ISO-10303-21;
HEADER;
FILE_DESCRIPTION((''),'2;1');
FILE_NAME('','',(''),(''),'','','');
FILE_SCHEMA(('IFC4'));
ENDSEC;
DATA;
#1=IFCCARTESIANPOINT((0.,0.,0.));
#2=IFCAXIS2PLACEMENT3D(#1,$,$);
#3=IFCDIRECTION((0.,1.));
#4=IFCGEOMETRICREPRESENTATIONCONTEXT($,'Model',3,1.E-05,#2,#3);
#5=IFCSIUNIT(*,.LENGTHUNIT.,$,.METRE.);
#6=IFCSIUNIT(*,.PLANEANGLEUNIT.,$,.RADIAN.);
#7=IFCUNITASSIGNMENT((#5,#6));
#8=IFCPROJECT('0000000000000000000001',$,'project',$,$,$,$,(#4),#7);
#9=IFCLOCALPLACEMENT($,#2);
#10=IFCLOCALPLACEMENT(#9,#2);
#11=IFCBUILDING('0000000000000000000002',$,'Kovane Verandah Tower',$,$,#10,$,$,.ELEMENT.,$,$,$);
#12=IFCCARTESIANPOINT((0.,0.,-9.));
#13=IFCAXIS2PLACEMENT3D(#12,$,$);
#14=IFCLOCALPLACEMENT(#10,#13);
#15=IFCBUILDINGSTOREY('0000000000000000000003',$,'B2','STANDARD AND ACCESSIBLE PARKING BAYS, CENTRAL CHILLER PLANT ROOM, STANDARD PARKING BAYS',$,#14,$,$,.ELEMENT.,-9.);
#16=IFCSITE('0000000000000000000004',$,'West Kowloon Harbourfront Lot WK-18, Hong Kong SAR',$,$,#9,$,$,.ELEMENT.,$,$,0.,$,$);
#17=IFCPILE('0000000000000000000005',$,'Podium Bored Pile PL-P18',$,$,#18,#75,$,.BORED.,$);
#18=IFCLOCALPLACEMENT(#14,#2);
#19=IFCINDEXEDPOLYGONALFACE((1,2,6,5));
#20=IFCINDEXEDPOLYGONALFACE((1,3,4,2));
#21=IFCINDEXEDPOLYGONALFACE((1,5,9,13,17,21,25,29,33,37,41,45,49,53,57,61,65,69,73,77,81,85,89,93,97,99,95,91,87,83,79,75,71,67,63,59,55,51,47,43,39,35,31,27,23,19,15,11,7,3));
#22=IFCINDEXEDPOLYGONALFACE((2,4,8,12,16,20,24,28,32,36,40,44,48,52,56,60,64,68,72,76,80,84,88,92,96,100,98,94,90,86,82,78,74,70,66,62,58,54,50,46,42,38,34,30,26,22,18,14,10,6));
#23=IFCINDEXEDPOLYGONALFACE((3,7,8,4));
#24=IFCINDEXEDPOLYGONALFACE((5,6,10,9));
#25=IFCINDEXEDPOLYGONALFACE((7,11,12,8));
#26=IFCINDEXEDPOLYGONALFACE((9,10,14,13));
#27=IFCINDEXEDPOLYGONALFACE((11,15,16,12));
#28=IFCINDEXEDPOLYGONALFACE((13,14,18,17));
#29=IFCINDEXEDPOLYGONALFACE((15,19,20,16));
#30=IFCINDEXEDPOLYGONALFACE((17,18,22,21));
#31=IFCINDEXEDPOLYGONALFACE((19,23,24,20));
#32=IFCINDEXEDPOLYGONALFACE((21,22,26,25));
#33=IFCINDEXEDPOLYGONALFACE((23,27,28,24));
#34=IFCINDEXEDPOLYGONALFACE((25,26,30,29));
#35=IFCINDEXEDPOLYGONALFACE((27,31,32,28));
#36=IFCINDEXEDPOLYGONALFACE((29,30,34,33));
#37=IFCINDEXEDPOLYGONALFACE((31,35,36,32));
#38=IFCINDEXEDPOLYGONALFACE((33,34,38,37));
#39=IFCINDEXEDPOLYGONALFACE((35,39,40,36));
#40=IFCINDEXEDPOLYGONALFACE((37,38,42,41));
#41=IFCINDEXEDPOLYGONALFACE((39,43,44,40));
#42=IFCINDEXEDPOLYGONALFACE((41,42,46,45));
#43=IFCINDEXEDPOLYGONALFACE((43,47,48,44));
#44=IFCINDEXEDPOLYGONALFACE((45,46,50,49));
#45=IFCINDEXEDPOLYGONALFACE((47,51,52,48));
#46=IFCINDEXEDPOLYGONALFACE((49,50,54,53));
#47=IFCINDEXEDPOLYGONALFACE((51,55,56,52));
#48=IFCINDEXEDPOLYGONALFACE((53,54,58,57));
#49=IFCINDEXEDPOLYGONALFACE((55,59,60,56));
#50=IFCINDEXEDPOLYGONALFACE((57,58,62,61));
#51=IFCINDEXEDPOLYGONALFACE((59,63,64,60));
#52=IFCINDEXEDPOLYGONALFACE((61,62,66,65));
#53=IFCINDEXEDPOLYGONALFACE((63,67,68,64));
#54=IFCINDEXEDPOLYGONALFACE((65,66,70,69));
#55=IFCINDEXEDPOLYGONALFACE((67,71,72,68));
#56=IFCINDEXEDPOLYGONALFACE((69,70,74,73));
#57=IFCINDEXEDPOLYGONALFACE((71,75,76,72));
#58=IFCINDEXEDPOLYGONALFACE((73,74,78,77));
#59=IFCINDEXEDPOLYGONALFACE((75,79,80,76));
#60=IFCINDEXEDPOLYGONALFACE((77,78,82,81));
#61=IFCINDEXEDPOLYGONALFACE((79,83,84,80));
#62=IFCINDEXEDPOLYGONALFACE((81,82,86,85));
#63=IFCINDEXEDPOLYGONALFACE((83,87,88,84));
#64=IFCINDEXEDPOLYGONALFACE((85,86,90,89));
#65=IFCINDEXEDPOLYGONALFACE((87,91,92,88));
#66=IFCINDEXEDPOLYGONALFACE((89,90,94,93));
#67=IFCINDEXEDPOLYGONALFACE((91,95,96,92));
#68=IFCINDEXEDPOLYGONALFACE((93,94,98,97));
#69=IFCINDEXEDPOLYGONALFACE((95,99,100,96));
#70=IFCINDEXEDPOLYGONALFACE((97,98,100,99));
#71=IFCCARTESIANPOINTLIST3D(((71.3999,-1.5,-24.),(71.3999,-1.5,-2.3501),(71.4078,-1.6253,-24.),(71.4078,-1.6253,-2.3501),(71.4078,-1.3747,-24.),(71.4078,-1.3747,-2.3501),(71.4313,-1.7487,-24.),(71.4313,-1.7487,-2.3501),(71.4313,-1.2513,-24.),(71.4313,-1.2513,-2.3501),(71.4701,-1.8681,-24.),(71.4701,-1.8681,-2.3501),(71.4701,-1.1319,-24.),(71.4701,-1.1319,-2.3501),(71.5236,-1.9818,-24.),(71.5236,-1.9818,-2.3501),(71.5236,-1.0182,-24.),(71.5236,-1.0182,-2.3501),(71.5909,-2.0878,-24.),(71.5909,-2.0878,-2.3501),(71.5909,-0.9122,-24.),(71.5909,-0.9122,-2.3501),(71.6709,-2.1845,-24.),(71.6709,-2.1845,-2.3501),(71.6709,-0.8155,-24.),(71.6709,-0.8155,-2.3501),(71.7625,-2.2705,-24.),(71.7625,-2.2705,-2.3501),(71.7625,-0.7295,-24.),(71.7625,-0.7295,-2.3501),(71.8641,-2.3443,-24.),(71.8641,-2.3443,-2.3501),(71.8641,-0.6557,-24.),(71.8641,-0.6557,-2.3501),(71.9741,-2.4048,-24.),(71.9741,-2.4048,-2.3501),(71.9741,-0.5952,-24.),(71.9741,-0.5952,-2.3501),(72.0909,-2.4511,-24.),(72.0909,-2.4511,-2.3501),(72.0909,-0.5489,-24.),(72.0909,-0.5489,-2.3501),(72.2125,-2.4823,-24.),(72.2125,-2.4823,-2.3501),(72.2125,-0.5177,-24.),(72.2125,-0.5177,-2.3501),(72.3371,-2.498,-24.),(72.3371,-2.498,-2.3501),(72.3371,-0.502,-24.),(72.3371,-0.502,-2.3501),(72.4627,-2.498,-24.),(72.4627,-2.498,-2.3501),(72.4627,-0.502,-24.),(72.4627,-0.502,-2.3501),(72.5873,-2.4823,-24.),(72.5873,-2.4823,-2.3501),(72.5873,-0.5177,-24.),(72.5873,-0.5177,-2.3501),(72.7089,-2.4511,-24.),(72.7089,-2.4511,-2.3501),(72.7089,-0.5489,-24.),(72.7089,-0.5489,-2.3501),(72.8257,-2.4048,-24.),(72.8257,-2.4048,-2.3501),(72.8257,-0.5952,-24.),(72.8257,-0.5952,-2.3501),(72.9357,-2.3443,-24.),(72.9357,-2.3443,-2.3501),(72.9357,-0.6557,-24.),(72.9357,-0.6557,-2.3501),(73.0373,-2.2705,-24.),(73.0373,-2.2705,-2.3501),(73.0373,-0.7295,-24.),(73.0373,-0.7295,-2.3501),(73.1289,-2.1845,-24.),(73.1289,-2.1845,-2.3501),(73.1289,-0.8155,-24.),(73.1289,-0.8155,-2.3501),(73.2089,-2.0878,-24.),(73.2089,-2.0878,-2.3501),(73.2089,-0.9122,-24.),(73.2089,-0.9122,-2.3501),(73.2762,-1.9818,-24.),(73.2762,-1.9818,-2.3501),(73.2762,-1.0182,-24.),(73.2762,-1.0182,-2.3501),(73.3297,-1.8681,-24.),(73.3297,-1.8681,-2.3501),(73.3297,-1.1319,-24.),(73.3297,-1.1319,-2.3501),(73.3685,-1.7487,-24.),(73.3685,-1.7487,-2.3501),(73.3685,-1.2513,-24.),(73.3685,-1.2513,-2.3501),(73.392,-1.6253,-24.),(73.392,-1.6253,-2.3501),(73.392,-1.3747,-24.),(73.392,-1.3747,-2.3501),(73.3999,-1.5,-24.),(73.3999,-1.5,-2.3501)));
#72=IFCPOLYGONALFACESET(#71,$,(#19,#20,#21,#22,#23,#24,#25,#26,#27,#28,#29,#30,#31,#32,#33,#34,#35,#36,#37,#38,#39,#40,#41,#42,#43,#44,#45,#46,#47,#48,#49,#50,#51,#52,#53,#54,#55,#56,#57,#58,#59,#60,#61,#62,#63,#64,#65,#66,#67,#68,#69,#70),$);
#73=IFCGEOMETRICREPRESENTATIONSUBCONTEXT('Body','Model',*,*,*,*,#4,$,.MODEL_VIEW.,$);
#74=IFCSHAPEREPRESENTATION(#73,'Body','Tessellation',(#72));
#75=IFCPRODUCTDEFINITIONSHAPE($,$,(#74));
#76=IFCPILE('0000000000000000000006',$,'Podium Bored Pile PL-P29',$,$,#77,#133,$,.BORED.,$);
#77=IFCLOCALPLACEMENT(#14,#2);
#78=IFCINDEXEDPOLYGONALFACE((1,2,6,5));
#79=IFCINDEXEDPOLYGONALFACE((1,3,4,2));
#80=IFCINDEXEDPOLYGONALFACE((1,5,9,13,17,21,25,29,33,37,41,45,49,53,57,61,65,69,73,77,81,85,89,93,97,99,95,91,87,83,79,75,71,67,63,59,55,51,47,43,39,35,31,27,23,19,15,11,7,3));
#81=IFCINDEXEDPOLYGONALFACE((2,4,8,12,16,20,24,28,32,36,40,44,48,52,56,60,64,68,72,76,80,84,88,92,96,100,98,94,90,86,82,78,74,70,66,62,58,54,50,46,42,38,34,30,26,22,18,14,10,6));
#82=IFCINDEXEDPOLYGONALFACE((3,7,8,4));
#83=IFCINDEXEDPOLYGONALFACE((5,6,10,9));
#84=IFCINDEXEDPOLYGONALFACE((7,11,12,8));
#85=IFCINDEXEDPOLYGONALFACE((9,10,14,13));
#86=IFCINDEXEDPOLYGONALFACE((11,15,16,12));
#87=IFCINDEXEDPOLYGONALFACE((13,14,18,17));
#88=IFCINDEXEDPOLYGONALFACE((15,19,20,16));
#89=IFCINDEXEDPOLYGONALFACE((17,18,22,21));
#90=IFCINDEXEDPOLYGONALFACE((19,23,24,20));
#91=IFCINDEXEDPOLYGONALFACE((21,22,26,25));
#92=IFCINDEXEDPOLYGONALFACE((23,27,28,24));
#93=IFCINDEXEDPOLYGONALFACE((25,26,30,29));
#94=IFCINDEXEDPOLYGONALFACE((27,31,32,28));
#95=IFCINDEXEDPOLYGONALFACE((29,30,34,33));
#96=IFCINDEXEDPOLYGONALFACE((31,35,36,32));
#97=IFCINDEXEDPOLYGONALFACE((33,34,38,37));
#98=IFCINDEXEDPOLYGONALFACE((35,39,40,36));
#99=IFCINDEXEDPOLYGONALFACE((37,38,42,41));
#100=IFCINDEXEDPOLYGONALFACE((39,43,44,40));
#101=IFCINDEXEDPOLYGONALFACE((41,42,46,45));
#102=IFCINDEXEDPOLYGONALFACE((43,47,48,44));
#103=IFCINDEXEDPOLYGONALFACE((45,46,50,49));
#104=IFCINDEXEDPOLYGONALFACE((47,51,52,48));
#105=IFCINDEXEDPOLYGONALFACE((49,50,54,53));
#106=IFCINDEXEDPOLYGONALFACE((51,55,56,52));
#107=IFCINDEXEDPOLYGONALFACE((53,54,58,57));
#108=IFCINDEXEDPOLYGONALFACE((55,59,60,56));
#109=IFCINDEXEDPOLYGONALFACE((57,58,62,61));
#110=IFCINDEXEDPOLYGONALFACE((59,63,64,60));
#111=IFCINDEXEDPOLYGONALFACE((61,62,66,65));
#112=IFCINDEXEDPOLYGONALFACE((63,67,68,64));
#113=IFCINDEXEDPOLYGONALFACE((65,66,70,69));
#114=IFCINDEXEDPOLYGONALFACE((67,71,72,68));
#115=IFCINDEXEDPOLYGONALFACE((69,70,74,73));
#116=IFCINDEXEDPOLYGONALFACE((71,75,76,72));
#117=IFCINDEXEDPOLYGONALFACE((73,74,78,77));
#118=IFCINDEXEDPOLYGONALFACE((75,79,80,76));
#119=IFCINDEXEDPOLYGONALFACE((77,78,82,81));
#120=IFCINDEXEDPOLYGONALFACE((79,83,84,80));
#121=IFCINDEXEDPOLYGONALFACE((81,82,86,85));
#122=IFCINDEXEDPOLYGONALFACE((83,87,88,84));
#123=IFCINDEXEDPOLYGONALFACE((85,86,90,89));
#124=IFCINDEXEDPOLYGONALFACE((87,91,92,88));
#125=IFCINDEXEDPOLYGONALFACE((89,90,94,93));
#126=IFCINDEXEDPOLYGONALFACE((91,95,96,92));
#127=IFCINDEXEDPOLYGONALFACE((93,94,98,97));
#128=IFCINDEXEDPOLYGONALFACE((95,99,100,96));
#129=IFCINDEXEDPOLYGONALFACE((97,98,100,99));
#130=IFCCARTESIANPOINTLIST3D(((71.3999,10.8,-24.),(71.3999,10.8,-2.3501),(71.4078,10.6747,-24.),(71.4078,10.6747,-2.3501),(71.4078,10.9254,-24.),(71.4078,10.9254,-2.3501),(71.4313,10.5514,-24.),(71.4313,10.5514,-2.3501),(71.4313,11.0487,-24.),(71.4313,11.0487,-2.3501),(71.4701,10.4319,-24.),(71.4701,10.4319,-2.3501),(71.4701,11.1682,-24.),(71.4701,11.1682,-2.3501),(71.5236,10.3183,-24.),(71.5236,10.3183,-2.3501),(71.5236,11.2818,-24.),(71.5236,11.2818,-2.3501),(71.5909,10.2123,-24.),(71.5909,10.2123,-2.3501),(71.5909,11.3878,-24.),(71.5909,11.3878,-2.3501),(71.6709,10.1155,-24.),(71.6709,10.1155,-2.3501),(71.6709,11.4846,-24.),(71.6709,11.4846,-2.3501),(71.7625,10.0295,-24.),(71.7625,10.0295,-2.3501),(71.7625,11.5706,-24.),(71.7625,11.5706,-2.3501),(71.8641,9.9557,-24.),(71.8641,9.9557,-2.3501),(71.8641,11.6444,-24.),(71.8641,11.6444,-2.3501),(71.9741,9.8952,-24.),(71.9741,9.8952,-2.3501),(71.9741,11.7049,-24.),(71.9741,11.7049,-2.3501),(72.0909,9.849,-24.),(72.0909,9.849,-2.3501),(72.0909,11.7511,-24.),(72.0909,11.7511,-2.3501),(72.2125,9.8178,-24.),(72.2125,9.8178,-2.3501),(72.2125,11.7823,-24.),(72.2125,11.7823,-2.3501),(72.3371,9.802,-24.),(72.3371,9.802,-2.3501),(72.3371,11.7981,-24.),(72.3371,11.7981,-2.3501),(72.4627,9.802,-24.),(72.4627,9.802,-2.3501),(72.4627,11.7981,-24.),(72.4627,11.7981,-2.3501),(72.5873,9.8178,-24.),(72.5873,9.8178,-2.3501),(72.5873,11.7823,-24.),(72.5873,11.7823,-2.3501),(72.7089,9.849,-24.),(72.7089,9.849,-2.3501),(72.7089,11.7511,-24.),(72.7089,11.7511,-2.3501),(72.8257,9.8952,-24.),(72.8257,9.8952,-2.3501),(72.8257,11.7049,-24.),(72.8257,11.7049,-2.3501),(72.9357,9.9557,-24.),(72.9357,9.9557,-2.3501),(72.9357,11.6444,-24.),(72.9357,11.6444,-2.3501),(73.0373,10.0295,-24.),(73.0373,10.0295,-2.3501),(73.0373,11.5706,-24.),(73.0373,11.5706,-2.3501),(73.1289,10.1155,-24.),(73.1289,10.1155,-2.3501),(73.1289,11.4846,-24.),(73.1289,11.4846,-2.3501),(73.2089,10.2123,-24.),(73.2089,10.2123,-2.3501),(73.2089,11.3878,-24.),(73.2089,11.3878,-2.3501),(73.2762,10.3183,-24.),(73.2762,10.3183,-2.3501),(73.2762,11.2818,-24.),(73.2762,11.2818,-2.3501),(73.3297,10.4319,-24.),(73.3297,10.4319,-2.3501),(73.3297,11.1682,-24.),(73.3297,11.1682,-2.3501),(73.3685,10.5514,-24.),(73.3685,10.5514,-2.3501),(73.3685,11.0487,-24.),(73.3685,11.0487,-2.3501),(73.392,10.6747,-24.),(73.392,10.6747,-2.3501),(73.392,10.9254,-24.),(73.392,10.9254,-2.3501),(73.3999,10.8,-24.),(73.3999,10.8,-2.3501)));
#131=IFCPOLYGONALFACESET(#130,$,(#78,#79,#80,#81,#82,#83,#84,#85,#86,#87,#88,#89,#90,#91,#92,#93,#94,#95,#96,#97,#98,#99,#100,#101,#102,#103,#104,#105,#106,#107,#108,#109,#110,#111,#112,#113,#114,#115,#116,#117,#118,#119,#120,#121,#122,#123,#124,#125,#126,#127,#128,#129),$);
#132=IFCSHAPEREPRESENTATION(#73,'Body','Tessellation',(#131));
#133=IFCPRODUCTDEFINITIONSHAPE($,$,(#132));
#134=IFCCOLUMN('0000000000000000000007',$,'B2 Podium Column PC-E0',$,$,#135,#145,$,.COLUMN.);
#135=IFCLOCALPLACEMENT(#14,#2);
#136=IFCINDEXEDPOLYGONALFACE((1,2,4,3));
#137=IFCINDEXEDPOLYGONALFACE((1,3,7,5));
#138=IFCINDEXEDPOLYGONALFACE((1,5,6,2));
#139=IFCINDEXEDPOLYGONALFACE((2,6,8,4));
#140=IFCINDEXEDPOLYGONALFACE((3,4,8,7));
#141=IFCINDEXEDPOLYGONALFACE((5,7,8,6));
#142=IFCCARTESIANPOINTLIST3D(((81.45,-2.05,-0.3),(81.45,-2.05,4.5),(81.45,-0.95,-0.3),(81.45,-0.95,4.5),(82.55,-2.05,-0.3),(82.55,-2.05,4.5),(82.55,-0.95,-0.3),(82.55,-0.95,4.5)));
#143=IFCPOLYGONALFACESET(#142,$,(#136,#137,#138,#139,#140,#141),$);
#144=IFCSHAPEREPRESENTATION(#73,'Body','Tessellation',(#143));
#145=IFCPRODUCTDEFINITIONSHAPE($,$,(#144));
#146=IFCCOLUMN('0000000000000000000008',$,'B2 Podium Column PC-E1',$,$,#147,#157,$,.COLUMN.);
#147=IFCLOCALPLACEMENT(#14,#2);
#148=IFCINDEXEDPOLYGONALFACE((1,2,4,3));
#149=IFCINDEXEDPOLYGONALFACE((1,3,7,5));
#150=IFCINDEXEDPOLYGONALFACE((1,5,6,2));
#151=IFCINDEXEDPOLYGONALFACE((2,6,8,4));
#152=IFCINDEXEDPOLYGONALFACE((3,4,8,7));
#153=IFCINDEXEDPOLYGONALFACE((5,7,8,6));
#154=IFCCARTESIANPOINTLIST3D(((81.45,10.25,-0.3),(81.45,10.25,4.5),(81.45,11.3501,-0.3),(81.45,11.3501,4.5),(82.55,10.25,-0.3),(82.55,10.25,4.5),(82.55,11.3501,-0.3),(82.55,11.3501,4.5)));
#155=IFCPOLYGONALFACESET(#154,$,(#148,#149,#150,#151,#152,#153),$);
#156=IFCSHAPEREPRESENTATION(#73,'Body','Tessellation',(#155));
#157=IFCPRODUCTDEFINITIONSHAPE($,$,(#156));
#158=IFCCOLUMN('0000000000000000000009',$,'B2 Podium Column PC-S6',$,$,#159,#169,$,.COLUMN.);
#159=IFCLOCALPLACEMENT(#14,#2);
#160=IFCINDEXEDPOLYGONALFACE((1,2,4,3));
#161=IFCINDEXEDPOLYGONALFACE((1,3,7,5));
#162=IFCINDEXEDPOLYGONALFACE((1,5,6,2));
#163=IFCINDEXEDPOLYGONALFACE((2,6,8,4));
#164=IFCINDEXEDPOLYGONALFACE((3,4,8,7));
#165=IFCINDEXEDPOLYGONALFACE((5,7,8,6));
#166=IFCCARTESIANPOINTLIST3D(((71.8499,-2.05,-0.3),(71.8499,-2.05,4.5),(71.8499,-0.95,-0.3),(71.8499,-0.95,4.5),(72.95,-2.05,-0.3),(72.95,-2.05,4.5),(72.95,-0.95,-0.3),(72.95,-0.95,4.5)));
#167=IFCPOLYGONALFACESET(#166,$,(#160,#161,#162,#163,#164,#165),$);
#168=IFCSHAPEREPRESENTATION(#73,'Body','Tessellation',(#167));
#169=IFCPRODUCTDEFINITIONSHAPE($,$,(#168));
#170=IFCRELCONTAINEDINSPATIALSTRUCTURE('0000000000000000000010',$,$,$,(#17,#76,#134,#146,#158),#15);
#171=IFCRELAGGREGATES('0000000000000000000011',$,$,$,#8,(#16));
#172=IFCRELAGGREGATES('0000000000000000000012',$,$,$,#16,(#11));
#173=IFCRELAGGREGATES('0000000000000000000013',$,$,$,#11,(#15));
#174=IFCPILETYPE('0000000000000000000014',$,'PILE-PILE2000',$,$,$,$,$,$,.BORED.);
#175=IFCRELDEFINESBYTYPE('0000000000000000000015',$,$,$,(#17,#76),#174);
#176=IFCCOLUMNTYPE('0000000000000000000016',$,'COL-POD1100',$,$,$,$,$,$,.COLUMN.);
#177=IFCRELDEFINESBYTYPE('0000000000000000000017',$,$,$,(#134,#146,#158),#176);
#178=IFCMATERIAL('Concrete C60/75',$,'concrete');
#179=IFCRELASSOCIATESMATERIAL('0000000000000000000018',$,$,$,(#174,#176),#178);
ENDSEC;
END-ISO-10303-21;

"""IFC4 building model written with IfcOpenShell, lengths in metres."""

from ifc_helpers import new_model, si_unit, direction, frame, origin, origin_2d, place, context, subcontext, project, spatial, rectangle, circle, extrude, material, material_profile, profile_set, type_object, element, save


model = new_model("IFC4")

# Units and contexts
model_context = context("Model", 3, precision=1e-05, world=origin(), true_north=direction((0.0, 1.0)))
body_context = subcontext(model_context, "Body", "Model", "MODEL_VIEW")
ifc_project = project(units=[si_unit("LENGTHUNIT", "METRE"), si_unit("PLANEANGLEUNIT", "RADIAN")], contexts=[model_context])

# Site, building, storey
site_placement = place(None, origin())
site = spatial("IfcSite", under=ifc_project, at=site_placement, Name="West Kowloon Harbourfront Lot WK-18, Hong Kong SAR", CompositionType="ELEMENT", RefElevation=0.0)
building_placement = place(site_placement, origin())
building = spatial("IfcBuilding", under=site, at=building_placement, Name="Kovane Verandah Tower", CompositionType="ELEMENT")
storey_placement = place(building_placement, frame((0.0, 0.0, -9.0)))
storey = spatial("IfcBuildingStorey", under=building, at=storey_placement, Name="B2", Description="STANDARD AND ACCESSIBLE PARKING BAYS, CENTRAL CHILLER PLANT ROOM, STANDARD PARKING BAYS", CompositionType="ELEMENT", Elevation=-9.0)

# Shared definitions
ifc_material_1 = material(Name="Concrete C60/75", Category="concrete")

# Piles
ifc_material_profile_1 = material_profile(ifc_material_1, circle(Radius=1.0, at=origin_2d()), Name="PILE2000")
ifc_profile_set_1 = profile_set([ifc_material_profile_1], Name="Concrete C60/75")
pile_type = type_object("IfcPileType", Name="PILE-PILE2000", PredefinedType="BORED", material=ifc_profile_set_1)
for number, where, z_axis, x_axis, name in (
    (1, (72.3999, -1.5, -2.3501), (0.0, 0.0, -1.0), (1.0, 0.0, 0.0), "Podium Bored Pile PL-P18"),
    (2, (72.3999, 10.8, -2.3501), (0.0, 0.0, -1.0), (1.0, 0.0, 0.0), "Podium Bored Pile PL-P29"),
):
    element("IfcPile", number, at=place(storey_placement, frame(where, z_axis=z_axis, x_axis=x_axis)), inside=storey, type_object=pile_type, Name=name, PredefinedType="BORED", context=body_context, shape_type="SweptSolid", body=[
        extrude(circle(Radius=1.0, at=origin_2d()), origin(), (0.0, 0.0, 1.0), 21.6499),
    ])

# Columns
ifc_material_profile_2 = material_profile(ifc_material_1, rectangle(XDim=1.1001, YDim=1.1001, at=origin_2d()), Name="RC1100x1100")
ifc_profile_set_2 = profile_set([ifc_material_profile_2], Name="Concrete C60/75")
column_type_1 = type_object("IfcColumnType", Name="COL-POD1100", PredefinedType="COLUMN", material=ifc_profile_set_2)
for number, where, z_axis, x_axis, name in (
    (3, (82.0, -1.5, -0.3), (0.0, 0.0, 1.0), (1.0, 0.0, 0.0), "B2 Podium Column PC-E0"),
    (4, (82.0, 10.8, -0.3), (0.0, 0.0, 1.0), (1.0, 0.0, 0.0), "B2 Podium Column PC-E1"),
    (5, (72.3999, -1.5, -0.3), (0.0, 0.0, 1.0), (1.0, 0.0, 0.0), "B2 Podium Column PC-S6"),
):
    element("IfcColumn", number, at=place(storey_placement, frame(where, z_axis=z_axis, x_axis=x_axis)), inside=storey, type_object=column_type_1, Name=name, PredefinedType="COLUMN", context=body_context, shape_type="SweptSolid", body=[
        extrude(rectangle(XDim=1.1001, YDim=1.1001, at=origin_2d()), origin(), (0.0, 0.0, 1.0), 4.8),
    ])

save(model, "model.ifc")
